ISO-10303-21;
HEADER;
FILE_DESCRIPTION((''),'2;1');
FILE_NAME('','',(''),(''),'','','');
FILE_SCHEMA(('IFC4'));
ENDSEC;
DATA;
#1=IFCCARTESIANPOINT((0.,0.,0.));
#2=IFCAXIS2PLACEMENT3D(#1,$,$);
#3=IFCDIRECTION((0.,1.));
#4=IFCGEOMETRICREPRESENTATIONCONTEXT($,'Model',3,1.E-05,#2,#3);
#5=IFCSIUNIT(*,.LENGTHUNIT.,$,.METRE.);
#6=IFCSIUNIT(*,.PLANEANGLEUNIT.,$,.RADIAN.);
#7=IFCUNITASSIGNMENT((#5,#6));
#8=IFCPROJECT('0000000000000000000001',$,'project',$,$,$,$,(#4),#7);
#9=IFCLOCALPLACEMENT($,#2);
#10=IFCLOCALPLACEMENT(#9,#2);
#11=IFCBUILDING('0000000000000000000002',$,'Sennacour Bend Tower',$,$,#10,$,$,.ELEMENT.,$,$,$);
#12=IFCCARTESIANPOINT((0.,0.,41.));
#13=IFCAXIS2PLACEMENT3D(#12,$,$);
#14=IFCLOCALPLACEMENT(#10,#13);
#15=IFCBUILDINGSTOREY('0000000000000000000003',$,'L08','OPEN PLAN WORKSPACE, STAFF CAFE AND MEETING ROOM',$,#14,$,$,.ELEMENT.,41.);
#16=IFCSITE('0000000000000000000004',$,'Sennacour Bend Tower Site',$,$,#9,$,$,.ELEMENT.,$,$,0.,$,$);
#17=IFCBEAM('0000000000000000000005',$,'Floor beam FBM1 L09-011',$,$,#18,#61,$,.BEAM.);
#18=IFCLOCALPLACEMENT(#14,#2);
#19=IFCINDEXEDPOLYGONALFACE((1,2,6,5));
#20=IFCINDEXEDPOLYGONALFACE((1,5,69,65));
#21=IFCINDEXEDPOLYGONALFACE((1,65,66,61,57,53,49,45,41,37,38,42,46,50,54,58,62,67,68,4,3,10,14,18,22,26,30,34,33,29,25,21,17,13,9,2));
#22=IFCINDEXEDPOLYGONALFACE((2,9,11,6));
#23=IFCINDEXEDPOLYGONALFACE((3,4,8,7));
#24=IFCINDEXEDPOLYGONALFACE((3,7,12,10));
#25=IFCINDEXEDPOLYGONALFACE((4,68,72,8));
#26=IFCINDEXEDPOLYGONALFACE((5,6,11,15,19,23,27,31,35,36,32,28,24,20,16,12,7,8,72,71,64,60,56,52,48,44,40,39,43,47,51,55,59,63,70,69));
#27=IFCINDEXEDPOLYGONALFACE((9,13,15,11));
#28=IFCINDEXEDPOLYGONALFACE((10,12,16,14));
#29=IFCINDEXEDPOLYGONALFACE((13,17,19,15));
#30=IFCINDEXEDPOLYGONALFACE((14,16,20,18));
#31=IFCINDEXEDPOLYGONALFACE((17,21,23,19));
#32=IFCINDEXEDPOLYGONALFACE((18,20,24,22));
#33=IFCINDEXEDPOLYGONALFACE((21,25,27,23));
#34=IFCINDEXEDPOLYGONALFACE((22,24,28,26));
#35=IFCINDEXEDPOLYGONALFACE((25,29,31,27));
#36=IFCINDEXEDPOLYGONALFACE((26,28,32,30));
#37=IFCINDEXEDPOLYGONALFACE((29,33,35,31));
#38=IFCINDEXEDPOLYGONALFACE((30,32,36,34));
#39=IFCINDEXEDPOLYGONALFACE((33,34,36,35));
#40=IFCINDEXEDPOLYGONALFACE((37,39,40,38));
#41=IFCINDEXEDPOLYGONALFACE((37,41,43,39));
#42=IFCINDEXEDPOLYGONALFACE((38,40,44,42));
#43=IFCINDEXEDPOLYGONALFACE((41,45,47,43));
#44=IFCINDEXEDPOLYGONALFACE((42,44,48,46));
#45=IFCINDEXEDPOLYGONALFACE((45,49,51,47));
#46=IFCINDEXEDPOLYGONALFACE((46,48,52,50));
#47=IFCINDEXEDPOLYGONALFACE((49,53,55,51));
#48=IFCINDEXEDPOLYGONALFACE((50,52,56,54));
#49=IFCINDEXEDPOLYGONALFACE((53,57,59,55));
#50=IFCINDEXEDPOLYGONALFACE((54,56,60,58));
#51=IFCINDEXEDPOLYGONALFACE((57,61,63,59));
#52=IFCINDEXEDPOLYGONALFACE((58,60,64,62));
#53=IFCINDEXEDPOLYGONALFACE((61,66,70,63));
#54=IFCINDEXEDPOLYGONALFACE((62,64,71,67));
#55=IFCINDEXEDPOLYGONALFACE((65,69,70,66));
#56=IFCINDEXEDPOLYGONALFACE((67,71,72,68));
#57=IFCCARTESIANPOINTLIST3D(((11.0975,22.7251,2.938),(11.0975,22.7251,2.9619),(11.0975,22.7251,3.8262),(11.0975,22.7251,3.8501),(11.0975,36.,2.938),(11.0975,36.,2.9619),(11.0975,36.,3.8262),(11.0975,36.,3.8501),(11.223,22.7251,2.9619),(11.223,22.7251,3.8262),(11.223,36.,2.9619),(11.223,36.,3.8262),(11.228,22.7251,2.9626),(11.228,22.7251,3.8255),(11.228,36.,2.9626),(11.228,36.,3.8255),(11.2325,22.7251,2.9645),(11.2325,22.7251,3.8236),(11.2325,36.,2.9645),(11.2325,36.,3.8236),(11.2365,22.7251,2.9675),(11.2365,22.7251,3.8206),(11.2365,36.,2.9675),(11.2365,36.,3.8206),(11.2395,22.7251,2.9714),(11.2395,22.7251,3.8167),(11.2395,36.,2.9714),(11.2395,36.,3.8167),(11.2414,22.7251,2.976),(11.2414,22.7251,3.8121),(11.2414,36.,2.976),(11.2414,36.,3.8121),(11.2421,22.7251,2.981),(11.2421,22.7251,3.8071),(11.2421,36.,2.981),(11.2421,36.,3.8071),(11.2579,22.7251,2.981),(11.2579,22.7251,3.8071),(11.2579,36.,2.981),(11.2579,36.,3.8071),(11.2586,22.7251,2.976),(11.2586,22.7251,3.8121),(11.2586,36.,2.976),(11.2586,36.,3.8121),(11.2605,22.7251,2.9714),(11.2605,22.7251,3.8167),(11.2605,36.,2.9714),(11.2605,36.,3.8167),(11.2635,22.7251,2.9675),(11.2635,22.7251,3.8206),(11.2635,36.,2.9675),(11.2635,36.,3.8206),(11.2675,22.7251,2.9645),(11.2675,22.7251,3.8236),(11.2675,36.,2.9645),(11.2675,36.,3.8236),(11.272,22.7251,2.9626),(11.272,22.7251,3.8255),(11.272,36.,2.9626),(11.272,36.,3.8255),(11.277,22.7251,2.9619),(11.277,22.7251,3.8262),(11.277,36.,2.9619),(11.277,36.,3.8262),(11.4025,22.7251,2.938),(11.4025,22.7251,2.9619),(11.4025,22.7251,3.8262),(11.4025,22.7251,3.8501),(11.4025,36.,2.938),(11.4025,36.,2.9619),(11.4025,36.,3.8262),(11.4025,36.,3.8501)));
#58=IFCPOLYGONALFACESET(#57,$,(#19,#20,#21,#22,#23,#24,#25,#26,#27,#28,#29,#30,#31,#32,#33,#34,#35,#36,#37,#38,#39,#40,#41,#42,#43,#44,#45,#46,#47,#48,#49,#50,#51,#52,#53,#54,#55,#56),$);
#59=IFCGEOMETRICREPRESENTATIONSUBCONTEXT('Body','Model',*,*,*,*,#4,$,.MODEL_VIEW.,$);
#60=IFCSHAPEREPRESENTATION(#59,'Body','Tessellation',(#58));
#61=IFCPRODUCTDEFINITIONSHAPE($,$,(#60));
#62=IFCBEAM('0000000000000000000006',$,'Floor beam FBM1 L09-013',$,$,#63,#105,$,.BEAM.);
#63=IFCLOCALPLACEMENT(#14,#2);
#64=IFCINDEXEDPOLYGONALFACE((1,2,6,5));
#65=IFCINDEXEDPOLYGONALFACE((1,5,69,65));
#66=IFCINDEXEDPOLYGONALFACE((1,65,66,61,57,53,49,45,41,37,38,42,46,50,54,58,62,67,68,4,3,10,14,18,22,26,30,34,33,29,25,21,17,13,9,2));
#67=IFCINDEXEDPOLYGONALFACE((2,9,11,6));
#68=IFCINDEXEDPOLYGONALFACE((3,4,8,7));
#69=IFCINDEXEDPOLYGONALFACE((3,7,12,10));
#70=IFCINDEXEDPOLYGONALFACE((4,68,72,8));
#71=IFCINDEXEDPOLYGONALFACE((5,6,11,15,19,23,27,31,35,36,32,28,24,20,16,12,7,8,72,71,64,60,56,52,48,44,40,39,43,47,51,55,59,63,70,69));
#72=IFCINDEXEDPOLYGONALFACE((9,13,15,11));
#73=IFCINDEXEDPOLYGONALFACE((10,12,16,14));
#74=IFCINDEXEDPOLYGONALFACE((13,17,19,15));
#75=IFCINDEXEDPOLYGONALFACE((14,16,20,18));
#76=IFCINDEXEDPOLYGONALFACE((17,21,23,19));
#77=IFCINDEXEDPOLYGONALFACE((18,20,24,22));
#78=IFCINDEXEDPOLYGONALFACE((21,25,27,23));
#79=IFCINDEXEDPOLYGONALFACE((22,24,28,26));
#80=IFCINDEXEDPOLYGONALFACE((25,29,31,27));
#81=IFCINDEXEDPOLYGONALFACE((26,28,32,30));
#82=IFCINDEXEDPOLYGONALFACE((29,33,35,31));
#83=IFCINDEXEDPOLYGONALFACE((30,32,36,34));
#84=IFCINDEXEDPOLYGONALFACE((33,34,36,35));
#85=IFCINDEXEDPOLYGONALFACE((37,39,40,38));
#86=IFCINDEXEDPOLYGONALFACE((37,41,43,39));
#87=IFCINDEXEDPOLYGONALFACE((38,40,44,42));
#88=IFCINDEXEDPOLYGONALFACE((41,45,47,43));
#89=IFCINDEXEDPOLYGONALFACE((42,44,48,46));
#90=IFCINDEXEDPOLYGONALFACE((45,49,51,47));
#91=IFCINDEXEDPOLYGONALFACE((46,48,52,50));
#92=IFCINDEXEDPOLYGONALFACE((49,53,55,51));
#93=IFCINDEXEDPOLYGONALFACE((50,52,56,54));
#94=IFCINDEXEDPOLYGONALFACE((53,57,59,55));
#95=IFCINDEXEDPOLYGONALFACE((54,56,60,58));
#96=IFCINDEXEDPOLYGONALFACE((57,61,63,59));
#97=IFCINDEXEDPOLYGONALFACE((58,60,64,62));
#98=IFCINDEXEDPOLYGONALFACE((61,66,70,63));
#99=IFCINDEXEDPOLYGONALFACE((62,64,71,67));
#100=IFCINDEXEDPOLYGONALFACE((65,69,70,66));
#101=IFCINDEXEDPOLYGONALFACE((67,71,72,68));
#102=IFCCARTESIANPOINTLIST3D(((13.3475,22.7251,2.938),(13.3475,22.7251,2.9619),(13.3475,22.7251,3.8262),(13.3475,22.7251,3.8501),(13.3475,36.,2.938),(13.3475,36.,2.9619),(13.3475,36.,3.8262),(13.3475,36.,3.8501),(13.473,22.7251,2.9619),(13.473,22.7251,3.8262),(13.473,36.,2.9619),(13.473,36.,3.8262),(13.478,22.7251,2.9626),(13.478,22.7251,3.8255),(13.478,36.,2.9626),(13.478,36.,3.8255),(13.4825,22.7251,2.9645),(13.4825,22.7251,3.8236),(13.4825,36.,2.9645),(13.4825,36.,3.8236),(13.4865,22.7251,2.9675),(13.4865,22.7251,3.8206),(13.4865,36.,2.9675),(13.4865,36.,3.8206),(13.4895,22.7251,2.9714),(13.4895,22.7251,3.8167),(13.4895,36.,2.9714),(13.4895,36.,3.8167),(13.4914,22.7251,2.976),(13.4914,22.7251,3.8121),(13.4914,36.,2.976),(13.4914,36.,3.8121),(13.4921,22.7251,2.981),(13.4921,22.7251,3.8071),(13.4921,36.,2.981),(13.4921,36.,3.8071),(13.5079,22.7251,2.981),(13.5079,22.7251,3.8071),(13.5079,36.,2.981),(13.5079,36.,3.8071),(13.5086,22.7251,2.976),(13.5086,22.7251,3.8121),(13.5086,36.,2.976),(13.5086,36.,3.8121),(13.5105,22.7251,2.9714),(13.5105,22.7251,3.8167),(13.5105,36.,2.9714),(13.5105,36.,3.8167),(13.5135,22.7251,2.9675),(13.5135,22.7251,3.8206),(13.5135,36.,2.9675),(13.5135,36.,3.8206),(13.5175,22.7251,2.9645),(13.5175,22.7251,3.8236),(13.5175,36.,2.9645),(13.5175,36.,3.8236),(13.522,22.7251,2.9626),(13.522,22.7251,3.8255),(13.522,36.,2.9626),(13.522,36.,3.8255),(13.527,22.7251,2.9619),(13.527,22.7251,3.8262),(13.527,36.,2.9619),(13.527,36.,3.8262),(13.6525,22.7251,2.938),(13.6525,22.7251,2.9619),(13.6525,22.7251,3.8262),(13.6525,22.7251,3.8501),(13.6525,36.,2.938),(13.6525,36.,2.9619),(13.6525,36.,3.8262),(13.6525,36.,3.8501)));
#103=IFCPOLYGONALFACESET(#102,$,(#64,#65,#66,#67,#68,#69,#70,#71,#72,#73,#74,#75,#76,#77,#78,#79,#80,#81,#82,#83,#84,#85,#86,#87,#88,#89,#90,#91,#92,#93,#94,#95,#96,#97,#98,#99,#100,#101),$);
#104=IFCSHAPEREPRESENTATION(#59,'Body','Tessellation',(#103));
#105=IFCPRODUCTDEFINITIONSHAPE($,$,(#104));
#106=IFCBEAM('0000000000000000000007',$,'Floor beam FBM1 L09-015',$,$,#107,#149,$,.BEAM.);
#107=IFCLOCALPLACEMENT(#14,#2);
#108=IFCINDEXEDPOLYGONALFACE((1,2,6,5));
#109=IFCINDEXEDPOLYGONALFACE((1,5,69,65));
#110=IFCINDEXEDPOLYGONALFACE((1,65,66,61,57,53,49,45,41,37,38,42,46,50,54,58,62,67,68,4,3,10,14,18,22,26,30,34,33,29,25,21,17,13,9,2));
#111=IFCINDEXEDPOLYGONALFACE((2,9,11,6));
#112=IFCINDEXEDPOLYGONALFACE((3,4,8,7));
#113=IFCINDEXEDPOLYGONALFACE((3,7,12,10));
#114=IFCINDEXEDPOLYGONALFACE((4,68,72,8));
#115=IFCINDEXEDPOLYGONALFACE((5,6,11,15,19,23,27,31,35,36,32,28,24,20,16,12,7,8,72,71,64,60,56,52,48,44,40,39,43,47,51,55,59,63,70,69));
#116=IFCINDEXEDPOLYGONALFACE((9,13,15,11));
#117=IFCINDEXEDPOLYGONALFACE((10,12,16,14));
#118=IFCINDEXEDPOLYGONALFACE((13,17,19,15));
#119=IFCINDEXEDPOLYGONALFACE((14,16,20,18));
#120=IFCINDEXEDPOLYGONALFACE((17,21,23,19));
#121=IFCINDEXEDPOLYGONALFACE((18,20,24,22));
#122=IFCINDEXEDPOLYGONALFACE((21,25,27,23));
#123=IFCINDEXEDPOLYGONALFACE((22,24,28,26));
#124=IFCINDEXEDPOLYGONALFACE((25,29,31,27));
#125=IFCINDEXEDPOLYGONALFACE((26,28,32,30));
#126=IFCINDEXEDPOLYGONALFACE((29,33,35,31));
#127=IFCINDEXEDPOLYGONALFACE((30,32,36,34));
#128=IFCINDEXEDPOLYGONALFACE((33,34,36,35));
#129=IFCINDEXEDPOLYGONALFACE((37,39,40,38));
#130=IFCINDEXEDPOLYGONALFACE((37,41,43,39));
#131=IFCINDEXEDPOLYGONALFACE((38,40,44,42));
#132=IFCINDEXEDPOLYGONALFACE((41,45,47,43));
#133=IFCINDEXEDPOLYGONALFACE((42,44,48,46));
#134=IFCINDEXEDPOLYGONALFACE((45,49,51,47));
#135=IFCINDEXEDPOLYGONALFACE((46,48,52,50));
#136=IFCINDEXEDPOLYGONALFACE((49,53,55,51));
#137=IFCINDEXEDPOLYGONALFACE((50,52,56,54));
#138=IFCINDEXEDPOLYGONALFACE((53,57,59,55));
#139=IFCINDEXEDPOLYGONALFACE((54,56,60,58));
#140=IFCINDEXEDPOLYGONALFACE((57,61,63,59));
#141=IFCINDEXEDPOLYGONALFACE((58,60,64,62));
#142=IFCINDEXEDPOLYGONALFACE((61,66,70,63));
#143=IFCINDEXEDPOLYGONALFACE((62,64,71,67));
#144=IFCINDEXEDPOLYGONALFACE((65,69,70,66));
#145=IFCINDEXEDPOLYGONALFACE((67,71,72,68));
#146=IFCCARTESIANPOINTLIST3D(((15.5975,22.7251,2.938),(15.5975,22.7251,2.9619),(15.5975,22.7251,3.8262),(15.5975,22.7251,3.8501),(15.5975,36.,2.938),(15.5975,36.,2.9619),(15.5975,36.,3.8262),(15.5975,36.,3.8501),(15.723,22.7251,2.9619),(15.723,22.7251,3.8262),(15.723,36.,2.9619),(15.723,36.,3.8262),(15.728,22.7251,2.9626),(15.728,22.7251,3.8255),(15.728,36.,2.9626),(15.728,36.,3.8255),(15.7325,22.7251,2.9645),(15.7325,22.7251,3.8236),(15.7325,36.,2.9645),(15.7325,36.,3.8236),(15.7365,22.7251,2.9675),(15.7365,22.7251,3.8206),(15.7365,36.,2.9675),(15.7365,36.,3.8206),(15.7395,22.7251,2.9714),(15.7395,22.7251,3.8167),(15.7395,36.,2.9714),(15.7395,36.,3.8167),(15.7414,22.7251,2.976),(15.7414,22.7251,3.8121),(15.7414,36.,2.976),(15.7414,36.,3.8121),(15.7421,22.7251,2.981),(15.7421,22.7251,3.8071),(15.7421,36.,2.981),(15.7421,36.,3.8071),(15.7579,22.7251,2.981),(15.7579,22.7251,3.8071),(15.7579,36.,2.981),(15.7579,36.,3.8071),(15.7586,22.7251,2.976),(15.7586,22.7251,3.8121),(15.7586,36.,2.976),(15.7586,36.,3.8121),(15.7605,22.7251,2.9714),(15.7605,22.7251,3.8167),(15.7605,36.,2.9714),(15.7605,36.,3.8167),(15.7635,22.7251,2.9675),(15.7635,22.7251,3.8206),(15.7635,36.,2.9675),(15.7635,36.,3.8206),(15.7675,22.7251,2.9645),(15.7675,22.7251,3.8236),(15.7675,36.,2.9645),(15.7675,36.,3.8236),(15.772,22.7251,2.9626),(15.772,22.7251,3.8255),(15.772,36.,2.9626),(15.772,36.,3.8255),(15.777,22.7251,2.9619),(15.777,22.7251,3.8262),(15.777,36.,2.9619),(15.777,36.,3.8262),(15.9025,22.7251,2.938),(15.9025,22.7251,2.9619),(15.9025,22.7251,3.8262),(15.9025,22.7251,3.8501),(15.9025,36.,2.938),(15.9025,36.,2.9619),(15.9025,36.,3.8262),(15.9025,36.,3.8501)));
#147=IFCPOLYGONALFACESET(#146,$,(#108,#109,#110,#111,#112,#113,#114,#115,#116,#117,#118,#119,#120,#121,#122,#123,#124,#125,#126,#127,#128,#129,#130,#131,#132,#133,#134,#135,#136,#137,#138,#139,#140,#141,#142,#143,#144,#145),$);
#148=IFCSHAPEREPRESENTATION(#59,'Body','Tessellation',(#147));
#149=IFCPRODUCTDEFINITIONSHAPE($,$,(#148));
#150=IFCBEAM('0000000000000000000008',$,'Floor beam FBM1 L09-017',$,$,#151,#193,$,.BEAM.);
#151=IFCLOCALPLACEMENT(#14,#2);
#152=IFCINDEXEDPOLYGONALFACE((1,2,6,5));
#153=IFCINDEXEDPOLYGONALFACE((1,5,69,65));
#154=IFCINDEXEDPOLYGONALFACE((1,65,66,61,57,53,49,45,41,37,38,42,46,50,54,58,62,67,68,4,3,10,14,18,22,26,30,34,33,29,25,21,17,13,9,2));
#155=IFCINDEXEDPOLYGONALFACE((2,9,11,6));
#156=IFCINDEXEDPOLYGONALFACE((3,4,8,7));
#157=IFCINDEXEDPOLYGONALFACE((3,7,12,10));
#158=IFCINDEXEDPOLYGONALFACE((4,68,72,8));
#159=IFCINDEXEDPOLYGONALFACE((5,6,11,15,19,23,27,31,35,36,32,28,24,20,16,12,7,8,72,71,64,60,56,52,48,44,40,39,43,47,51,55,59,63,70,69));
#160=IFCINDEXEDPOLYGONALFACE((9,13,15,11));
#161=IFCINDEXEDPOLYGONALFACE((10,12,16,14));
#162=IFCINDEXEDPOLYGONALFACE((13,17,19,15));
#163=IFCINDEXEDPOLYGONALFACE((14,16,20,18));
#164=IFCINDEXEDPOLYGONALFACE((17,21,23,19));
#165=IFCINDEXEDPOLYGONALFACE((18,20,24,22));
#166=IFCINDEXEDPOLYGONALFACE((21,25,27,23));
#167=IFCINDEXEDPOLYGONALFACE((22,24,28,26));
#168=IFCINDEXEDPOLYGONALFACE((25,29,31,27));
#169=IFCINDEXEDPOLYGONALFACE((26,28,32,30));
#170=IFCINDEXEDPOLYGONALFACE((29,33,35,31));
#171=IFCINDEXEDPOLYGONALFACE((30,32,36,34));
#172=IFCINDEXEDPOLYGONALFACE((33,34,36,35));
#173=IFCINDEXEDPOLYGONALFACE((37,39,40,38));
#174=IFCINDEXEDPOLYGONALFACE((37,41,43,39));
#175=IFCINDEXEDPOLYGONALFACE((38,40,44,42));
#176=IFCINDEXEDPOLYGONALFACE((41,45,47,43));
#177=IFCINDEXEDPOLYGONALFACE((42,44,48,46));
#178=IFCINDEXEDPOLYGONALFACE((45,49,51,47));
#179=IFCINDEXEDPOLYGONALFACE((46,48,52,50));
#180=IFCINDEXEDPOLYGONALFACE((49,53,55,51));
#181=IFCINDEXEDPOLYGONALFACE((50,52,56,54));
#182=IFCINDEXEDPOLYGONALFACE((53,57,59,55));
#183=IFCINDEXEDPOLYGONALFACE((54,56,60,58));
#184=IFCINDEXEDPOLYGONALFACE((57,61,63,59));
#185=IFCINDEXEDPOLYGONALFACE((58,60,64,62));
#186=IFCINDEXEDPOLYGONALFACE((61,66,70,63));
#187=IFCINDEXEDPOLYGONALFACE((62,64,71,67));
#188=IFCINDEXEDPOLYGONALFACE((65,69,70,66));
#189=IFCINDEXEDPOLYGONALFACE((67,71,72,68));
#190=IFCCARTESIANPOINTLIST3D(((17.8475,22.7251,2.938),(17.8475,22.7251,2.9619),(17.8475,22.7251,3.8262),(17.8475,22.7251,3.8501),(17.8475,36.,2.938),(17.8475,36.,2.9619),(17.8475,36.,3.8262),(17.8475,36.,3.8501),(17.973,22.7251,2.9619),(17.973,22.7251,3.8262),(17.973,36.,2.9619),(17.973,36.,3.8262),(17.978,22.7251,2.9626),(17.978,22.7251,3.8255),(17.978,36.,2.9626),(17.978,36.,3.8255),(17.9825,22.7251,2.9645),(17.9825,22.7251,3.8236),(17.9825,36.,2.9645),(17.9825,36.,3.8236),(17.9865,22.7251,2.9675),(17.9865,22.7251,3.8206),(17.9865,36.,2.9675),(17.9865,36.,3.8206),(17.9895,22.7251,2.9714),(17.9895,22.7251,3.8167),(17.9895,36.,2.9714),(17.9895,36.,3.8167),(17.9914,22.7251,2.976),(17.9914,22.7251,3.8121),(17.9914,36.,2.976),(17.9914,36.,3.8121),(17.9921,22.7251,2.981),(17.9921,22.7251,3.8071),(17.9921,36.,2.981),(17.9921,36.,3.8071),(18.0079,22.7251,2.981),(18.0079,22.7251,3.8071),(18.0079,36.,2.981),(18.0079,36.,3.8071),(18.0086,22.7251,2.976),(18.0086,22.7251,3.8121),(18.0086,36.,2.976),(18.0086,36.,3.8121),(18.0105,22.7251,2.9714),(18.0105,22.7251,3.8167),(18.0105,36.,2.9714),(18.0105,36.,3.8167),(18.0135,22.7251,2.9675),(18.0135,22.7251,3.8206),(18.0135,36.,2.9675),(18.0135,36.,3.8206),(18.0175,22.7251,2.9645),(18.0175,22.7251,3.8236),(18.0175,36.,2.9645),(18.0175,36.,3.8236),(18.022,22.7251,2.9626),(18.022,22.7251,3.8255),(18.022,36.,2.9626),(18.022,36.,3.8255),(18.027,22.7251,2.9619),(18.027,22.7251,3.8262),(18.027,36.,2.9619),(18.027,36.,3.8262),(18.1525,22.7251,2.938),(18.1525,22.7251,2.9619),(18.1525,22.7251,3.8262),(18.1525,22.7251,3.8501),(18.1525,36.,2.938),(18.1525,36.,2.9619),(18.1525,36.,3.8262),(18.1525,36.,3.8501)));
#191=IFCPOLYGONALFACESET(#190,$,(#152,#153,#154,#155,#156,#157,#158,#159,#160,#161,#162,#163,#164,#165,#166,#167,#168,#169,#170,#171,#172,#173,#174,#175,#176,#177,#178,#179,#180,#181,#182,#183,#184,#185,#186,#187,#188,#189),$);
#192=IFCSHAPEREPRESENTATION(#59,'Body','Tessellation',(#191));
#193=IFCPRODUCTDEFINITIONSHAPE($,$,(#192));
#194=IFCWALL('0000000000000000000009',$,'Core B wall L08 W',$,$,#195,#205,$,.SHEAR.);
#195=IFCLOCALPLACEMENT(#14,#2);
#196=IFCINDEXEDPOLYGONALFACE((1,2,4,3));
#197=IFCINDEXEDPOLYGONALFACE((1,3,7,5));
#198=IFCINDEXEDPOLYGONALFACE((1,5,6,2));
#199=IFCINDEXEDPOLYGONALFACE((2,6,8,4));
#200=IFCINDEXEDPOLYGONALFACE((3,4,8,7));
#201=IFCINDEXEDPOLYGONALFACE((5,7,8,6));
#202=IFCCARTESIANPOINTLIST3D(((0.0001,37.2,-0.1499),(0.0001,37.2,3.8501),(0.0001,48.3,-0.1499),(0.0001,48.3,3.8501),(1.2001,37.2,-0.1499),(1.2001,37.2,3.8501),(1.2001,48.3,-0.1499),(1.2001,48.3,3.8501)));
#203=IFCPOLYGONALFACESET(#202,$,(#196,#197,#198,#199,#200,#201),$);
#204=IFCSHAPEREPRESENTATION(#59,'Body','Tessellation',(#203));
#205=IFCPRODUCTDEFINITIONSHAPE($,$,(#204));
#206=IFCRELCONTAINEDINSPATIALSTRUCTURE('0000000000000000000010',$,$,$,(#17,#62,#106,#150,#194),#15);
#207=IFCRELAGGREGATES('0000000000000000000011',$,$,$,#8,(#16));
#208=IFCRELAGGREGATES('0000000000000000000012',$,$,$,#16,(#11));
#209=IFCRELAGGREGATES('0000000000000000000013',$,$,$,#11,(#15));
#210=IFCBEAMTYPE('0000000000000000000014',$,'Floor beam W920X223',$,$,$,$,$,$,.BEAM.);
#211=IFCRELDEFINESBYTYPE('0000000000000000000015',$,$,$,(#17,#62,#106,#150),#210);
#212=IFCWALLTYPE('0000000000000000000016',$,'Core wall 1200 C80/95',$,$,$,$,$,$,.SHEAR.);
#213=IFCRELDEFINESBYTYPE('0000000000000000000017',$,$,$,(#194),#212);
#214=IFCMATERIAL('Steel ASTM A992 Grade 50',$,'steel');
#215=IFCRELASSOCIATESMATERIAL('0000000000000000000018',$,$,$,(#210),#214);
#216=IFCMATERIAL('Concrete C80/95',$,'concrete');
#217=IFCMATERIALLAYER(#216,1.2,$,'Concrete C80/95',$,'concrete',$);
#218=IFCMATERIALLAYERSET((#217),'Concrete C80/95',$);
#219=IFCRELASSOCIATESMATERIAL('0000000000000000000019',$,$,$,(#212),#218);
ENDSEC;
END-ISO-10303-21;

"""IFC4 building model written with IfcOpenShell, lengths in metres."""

from ifc_helpers import new_model, si_unit, direction, frame, frame_2d, origin, origin_2d, place, context, subcontext, project, spatial, rectangle, i_section, extrude, material, layer, layer_set, material_profile, profile_set, type_object, element, save


model = new_model("IFC4")

# Units and contexts
model_context = context("Model", 3, precision=1e-05, world=origin(), true_north=direction((0.0, 1.0)))
body_context = subcontext(model_context, "Body", "Model", "MODEL_VIEW")
ifc_project = project(units=[si_unit("LENGTHUNIT", "METRE"), si_unit("PLANEANGLEUNIT", "RADIAN")], contexts=[model_context])

# Site, building, storey
site_placement = place(None, origin())
site = spatial("IfcSite", under=ifc_project, at=site_placement, Name="Sennacour Bend Tower Site", CompositionType="ELEMENT", RefElevation=0.0)
building_placement = place(site_placement, origin())
building = spatial("IfcBuilding", under=site, at=building_placement, Name="Sennacour Bend Tower", CompositionType="ELEMENT")
storey_placement = place(building_placement, frame((0.0, 0.0, 41.0)))
storey = spatial("IfcBuildingStorey", under=building, at=storey_placement, Name="L08", Description="OPEN PLAN WORKSPACE, STAFF CAFE AND MEETING ROOM", CompositionType="ELEMENT", Elevation=41.0)

# Beams
ifc_material_1 = material(Name="Steel ASTM A992 Grade 50", Category="steel")
ifc_material_profile = material_profile(ifc_material_1, i_section(OverallWidth=0.3049, OverallDepth=0.9121, WebThickness=0.0159, FlangeThickness=0.0239, FilletRadius=0.019, at=origin_2d()), Name="Steel ASTM A992 Grade 50", Category="steel")
ifc_profile_set = profile_set([ifc_material_profile], Name="Steel ASTM A992 Grade 50")
beam_type = type_object("IfcBeamType", Name="Floor beam W920X223", PredefinedType="BEAM", material=ifc_profile_set)
for number, where, z_axis, x_axis, name in (
    (1, (11.25, 22.7251, 3.394), (0.0, 1.0, 0.0), (-1.0, 0.0, 0.0), "Floor beam FBM1 L09-011"),
    (2, (13.5, 22.7251, 3.394), (0.0, 1.0, 0.0), (-1.0, 0.0, 0.0), "Floor beam FBM1 L09-013"),
    (3, (15.75, 22.7251, 3.394), (0.0, 1.0, 0.0), (-1.0, 0.0, 0.0), "Floor beam FBM1 L09-015"),
    (4, (18.0, 22.7251, 3.394), (0.0, 1.0, 0.0), (-1.0, 0.0, 0.0), "Floor beam FBM1 L09-017"),
):
    element("IfcBeam", number, at=place(storey_placement, frame(where, z_axis=z_axis, x_axis=x_axis)), inside=storey, type_object=beam_type, Name=name, PredefinedType="BEAM", context=body_context, shape_type="SweptSolid", body=[
        extrude(i_section(OverallWidth=0.3049, OverallDepth=0.9121, WebThickness=0.0159, FlangeThickness=0.0239, FilletRadius=0.019, at=origin_2d()), origin(), (0.0, 0.0, 1.0), 13.2749),
    ])

# Wall
ifc_material_2 = material(Name="Concrete C80/95", Category="concrete")
ifc_layer_1 = layer(ifc_material_2, 1.2, Name="Concrete C80/95", Category="concrete")
ifc_layer_set_1 = layer_set([ifc_layer_1], Name="Concrete C80/95")
wall_type_1 = type_object("IfcWallType", Name="Core wall 1200 C80/95", PredefinedType="SHEAR", material=ifc_layer_set_1)
wall_1_placement = place(storey_placement, frame((0.6001, 37.2, -0.1499), z_axis=(0.0, 0.0, 1.0), x_axis=(0.0, 1.0, 0.0)))
element("IfcWall", 5, at=wall_1_placement, inside=storey, type_object=wall_type_1, Name="Core B wall L08 W", PredefinedType="SHEAR", context=body_context, shape_type="SweptSolid", body=[
    extrude(rectangle(XDim=11.1001, YDim=1.2, at=frame_2d((5.55, 0.0))), origin(), (0.0, 0.0, 1.0), 4.0),
])

save(model, "model.ifc")
